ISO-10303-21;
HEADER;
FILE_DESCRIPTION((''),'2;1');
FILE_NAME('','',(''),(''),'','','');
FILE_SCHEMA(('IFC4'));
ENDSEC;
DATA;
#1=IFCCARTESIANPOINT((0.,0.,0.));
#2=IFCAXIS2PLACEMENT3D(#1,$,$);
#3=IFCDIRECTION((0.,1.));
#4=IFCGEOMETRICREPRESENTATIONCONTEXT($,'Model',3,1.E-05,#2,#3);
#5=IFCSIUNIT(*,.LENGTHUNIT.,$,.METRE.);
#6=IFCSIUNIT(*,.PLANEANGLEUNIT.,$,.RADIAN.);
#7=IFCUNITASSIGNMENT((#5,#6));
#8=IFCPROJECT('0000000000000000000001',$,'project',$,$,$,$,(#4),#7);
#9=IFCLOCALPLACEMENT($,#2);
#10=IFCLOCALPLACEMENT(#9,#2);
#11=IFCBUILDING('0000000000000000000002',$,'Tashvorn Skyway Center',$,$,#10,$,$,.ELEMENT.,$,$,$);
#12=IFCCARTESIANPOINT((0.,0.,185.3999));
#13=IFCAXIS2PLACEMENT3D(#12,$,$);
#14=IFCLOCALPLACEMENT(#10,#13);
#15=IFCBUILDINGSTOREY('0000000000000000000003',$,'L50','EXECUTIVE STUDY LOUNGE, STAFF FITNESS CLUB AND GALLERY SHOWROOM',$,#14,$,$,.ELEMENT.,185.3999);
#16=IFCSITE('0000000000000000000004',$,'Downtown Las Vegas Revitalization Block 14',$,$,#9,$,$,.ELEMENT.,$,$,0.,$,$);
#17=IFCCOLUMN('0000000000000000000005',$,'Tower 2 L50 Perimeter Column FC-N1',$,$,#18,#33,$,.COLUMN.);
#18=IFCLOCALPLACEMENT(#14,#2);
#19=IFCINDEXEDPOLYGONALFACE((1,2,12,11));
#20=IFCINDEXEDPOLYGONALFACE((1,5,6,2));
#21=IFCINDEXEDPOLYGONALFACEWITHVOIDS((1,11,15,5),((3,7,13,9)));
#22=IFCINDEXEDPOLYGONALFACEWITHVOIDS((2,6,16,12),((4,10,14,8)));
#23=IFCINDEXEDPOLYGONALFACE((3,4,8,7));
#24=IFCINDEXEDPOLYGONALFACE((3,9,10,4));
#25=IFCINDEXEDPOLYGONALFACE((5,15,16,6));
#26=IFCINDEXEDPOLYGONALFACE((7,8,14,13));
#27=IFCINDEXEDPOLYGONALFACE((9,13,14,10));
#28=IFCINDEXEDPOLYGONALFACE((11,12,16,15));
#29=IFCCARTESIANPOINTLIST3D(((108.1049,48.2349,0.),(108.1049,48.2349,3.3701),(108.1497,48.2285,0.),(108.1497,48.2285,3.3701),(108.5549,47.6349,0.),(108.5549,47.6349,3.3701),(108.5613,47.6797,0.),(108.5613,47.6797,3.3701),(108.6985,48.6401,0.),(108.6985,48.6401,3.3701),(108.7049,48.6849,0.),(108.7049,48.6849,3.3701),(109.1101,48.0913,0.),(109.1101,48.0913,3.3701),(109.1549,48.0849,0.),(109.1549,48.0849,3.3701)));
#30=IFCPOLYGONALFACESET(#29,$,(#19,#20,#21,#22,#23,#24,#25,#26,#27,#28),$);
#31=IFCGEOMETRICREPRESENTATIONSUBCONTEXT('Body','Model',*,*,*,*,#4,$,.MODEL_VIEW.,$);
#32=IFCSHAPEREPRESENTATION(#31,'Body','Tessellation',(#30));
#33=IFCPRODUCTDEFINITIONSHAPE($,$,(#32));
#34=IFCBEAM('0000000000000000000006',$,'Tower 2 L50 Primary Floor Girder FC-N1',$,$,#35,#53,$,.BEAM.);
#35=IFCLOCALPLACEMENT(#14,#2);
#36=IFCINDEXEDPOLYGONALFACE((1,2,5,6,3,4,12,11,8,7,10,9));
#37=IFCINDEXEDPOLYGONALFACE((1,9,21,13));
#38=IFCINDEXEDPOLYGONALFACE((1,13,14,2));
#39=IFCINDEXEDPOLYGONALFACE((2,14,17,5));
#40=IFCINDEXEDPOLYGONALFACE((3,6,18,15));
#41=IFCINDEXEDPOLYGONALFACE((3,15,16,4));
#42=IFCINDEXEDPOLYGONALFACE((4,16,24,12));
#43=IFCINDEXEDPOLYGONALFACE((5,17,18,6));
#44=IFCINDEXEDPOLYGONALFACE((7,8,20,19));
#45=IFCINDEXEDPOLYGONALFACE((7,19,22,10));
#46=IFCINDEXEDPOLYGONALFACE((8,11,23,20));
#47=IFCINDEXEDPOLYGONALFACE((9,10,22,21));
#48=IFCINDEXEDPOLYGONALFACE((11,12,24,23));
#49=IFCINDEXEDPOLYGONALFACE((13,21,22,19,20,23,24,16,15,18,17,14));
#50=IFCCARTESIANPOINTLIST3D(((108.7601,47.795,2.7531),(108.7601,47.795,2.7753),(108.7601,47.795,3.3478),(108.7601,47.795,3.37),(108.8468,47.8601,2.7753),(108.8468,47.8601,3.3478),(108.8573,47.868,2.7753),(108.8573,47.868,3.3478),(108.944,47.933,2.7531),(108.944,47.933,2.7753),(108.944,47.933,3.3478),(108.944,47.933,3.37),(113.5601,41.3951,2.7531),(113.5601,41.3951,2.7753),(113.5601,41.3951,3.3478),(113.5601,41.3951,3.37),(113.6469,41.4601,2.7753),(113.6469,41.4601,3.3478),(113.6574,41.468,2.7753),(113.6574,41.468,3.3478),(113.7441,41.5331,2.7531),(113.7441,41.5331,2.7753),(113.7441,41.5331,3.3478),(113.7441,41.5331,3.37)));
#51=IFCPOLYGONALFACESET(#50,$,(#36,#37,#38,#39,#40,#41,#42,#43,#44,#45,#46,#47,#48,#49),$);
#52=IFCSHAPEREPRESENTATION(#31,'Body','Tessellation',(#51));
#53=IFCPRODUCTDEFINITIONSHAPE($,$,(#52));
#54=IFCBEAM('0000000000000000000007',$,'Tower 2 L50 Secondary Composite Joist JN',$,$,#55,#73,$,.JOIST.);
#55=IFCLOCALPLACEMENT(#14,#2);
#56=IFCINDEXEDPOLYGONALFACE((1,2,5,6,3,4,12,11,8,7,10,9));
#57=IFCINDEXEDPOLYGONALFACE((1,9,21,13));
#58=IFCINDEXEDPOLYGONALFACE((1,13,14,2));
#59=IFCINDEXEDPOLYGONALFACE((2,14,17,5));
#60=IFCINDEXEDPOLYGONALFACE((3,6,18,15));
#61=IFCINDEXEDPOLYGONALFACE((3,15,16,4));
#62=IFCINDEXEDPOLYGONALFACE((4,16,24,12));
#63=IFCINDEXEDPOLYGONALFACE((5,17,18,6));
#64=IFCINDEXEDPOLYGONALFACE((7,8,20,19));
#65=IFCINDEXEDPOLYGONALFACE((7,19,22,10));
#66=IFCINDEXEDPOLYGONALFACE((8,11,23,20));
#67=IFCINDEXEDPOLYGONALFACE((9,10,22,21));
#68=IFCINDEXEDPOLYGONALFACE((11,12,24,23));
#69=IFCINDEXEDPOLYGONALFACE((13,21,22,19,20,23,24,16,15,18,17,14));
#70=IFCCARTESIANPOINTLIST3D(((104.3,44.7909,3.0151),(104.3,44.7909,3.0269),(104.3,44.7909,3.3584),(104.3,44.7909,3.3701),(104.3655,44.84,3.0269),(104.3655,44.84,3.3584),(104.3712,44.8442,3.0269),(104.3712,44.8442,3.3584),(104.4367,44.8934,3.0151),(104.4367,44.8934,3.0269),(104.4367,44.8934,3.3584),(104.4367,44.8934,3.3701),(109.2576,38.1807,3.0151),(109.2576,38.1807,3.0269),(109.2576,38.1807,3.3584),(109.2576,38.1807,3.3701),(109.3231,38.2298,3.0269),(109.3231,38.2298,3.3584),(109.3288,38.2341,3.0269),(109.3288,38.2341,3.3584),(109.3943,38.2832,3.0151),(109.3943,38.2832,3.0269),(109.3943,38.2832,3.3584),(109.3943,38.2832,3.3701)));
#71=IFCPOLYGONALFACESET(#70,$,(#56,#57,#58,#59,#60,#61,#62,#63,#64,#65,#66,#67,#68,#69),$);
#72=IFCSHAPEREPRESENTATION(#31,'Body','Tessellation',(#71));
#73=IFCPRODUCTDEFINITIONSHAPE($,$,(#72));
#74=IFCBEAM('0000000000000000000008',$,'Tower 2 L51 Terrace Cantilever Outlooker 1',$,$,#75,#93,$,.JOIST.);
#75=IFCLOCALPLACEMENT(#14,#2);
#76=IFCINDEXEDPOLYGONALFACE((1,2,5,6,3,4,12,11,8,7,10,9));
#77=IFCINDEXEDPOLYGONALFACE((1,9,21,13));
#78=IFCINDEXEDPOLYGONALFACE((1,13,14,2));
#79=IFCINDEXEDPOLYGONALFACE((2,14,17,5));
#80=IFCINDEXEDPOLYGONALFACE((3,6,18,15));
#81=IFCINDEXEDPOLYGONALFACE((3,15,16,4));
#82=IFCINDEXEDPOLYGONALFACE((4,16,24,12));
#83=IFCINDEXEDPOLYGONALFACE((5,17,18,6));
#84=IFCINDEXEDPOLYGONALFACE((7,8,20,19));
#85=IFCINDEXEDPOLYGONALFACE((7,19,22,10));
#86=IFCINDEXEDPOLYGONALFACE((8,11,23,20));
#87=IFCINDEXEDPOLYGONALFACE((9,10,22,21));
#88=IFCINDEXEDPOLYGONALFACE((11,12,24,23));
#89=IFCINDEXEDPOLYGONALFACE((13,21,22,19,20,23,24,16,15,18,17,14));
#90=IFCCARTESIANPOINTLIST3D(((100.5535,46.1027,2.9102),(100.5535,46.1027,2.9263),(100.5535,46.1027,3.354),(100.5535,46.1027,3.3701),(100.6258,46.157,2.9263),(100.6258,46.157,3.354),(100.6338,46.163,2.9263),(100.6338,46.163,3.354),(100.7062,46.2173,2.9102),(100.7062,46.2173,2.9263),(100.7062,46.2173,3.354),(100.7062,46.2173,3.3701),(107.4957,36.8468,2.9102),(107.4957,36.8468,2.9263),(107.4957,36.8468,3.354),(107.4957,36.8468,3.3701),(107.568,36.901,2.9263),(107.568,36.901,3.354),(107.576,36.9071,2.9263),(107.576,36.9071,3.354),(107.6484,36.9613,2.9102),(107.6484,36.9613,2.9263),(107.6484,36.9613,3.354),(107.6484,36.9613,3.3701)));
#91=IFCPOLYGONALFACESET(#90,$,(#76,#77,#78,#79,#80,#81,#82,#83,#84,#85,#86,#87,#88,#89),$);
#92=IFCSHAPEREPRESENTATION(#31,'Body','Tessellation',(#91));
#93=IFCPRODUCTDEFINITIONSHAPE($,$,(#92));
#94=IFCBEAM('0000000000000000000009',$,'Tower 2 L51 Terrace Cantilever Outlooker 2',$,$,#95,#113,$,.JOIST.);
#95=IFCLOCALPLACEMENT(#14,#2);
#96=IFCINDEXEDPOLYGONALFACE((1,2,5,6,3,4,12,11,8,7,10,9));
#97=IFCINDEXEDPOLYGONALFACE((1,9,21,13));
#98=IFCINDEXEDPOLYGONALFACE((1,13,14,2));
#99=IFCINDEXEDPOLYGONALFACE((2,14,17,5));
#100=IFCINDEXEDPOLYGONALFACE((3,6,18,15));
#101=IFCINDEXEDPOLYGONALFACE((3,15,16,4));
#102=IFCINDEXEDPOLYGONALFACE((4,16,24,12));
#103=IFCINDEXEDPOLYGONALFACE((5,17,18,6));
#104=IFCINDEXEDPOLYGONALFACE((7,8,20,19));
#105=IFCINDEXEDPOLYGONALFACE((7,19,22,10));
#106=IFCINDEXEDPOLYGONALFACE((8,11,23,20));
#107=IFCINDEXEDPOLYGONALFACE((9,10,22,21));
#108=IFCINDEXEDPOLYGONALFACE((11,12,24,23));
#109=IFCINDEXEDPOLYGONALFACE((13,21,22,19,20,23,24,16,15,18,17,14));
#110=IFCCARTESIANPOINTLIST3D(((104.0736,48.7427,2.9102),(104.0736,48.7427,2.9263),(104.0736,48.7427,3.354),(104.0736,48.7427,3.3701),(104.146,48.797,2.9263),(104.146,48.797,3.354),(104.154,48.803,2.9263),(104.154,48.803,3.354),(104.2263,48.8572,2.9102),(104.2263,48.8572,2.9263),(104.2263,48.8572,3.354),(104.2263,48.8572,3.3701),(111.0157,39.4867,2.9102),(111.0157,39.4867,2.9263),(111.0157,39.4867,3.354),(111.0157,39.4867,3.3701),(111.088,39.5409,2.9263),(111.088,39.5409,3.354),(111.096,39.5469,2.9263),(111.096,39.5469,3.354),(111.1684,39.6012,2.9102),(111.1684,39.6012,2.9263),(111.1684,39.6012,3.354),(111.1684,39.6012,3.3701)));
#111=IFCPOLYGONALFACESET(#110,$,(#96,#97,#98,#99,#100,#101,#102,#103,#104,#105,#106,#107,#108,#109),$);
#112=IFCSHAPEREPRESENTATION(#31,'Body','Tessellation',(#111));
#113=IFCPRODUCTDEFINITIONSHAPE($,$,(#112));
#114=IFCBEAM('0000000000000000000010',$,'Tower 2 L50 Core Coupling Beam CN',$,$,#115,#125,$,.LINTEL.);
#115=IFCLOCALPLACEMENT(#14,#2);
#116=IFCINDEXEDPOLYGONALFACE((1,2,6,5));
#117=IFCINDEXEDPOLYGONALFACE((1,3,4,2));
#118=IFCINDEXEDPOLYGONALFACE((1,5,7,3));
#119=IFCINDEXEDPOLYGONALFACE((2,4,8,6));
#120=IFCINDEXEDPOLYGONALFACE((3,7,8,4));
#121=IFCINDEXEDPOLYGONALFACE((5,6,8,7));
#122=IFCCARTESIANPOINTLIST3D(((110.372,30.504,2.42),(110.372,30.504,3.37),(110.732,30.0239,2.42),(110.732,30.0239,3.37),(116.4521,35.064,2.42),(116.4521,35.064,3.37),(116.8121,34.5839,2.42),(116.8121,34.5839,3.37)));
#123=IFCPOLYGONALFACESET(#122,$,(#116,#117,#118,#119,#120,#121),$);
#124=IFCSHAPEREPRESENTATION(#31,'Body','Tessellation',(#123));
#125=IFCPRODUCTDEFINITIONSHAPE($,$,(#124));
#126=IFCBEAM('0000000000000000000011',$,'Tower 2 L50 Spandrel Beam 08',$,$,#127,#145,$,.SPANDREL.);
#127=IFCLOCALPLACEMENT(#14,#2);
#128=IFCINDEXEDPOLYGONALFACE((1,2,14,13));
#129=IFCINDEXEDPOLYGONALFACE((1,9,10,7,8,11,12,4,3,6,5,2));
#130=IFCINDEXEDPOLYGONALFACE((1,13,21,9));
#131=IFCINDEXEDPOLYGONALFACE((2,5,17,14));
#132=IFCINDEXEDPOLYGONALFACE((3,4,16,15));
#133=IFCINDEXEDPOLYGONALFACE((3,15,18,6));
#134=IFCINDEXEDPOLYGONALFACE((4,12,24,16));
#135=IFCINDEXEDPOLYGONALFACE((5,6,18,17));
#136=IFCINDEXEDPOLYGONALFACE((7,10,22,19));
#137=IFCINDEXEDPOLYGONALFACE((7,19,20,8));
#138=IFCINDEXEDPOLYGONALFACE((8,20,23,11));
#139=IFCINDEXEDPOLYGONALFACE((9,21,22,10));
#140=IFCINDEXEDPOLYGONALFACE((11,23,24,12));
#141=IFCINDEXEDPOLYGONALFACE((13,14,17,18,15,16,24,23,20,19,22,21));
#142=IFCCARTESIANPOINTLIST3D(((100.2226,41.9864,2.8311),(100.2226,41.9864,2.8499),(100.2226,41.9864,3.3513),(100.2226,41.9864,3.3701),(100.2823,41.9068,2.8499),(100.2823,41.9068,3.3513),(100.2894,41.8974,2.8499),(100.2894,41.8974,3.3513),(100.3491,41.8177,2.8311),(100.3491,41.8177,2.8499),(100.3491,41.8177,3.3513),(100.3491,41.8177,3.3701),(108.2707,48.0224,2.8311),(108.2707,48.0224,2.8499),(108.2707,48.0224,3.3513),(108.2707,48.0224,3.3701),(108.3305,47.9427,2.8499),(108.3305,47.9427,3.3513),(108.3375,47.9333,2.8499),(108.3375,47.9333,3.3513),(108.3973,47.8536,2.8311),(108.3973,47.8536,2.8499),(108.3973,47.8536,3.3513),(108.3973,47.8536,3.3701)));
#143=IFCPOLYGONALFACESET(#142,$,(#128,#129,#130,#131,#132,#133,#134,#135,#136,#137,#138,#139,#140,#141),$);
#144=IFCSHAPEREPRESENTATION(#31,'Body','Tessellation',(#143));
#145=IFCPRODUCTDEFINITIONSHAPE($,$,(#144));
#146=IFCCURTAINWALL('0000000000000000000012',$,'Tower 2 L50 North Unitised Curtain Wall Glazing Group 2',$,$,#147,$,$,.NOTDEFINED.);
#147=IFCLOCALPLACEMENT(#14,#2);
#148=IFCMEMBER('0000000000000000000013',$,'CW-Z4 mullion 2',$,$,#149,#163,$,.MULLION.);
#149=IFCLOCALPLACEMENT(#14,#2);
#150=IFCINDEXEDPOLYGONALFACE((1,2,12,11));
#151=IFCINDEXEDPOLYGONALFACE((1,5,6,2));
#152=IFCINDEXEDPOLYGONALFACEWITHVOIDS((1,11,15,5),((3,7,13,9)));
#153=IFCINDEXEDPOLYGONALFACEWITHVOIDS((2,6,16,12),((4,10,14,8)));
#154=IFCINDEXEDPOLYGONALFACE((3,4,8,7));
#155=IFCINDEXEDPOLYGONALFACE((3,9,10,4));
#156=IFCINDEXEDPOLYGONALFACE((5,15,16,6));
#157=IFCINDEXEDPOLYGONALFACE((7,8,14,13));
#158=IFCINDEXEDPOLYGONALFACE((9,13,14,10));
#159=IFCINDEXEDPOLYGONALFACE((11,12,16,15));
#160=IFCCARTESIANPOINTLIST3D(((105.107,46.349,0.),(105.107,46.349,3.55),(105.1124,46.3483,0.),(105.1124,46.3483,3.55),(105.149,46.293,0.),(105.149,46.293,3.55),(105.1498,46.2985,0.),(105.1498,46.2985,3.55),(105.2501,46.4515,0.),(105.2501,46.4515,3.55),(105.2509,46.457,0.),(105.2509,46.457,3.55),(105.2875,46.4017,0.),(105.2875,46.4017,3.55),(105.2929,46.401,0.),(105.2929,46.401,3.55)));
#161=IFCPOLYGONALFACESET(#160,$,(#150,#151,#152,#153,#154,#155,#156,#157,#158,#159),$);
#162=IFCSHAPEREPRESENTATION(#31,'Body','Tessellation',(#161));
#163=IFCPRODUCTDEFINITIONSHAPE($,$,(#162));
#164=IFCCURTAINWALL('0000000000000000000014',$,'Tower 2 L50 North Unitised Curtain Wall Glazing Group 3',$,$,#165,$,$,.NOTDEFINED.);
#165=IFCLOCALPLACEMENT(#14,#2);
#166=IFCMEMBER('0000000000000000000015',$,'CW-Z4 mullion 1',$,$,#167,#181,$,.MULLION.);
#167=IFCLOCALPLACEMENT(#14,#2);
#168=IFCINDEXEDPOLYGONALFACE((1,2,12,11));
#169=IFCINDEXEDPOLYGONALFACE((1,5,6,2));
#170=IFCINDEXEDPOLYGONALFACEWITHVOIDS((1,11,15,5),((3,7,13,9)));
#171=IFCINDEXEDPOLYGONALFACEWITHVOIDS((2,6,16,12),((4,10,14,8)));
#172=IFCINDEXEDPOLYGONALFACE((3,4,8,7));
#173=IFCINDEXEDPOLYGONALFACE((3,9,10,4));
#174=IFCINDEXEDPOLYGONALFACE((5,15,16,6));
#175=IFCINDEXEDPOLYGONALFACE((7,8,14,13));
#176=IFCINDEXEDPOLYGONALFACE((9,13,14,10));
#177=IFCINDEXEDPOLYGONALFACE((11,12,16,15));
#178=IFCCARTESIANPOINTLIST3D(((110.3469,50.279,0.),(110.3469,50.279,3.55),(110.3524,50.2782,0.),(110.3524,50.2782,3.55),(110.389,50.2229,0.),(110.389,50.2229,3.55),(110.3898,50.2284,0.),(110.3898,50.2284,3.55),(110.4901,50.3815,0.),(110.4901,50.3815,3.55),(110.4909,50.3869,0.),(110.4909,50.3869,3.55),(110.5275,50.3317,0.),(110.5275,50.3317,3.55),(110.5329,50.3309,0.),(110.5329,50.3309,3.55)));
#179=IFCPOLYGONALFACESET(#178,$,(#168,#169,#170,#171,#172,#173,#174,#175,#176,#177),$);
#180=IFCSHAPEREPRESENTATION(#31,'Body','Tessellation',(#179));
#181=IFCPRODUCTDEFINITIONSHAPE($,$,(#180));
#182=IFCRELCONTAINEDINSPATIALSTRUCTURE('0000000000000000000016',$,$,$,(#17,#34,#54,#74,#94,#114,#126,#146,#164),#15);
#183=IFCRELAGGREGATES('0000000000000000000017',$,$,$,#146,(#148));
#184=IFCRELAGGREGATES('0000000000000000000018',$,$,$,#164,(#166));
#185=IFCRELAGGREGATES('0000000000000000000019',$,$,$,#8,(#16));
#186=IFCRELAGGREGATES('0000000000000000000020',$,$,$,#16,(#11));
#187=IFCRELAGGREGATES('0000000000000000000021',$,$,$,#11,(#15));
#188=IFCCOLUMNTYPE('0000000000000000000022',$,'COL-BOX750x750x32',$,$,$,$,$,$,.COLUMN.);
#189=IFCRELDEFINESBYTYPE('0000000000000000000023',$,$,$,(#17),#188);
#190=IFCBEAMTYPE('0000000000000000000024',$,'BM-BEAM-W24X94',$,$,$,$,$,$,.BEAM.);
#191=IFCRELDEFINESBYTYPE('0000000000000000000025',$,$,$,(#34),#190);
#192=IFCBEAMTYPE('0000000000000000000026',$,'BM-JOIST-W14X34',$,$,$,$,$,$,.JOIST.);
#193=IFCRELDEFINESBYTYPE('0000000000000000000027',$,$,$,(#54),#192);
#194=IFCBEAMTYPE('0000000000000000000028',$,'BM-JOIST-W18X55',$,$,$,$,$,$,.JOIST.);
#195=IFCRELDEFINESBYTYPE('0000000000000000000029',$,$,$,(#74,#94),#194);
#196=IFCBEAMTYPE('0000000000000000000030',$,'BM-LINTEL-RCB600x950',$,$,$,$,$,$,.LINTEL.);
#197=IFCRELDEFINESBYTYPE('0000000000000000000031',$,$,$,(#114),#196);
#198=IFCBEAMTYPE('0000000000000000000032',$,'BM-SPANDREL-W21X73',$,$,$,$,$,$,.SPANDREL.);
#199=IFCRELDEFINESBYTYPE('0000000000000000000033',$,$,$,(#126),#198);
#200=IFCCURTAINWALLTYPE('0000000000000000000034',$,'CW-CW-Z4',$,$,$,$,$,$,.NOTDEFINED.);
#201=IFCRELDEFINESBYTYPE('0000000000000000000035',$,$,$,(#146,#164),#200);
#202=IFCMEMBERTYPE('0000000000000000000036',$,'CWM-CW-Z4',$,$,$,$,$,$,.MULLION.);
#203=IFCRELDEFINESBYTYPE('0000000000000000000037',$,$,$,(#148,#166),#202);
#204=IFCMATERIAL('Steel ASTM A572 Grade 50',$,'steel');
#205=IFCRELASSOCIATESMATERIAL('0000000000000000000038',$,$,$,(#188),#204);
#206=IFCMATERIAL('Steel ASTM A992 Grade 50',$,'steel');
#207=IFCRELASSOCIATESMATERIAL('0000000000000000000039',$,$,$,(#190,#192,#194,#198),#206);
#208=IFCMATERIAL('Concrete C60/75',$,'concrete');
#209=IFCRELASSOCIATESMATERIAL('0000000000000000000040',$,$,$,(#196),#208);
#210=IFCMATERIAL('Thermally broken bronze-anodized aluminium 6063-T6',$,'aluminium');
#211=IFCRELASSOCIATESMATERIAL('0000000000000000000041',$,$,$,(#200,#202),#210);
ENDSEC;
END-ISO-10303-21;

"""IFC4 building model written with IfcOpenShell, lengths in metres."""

from ifc_helpers import new_model, si_unit, direction, frame, origin, origin_2d, place, context, subcontext, project, spatial, rectangle, hollow_rectangle, i_section, extrude, material, material_profile, profile_set, type_object, element, aggregate, save


model = new_model("IFC4")

# Units and contexts
model_context = context("Model", 3, precision=1e-05, world=origin(), true_north=direction((0.0, 1.0)))
body_context = subcontext(model_context, "Body", "Model", "MODEL_VIEW")
ifc_project = project(units=[si_unit("LENGTHUNIT", "METRE"), si_unit("PLANEANGLEUNIT", "RADIAN")], contexts=[model_context])

# Site, building, storey
site_placement = place(None, origin())
site = spatial("IfcSite", under=ifc_project, at=site_placement, Name="Downtown Las Vegas Revitalization Block 14", CompositionType="ELEMENT", RefElevation=0.0)
building_placement = place(site_placement, origin())
building = spatial("IfcBuilding", under=site, at=building_placement, Name="Tashvorn Skyway Center", CompositionType="ELEMENT")
storey_placement = place(building_placement, frame((0.0, 0.0, 185.3999)))
storey = spatial("IfcBuildingStorey", under=building, at=storey_placement, Name="L50", Description="EXECUTIVE STUDY LOUNGE, STAFF FITNESS CLUB AND GALLERY SHOWROOM", CompositionType="ELEMENT", Elevation=185.3999)

# Column
ifc_material_1 = material(Name="Steel ASTM A572 Grade 50", Category="steel")
ifc_material_profile_1 = material_profile(ifc_material_1, hollow_rectangle(XDim=0.75, YDim=0.75, WallThickness=0.032, at=origin_2d()), Name="BOX750x750x32")
ifc_profile_set_1 = profile_set([ifc_material_profile_1], Name="Steel ASTM A572 Grade 50")
column_type = type_object("IfcColumnType", Name="COL-BOX750x750x32", PredefinedType="COLUMN", material=ifc_profile_set_1)
column_placement = place(storey_placement, frame((108.6299, 48.1599, 0.0), z_axis=(0.0, 0.0, 1.0), x_axis=(0.8, 0.6, 0.0)))
element("IfcColumn", 1, at=column_placement, inside=storey, type_object=column_type, Name="Tower 2 L50 Perimeter Column FC-N1", PredefinedType="COLUMN", context=body_context, shape_type="SweptSolid", body=[
    extrude(hollow_rectangle(XDim=0.75, YDim=0.75, WallThickness=0.032, at=origin_2d()), origin(), (0.0, 0.0, 1.0), 3.3701),
])

# Beams
ifc_material_2 = material(Name="Steel ASTM A992 Grade 50", Category="steel")
ifc_material_profile_2 = material_profile(ifc_material_2, i_section(OverallWidth=0.23, OverallDepth=0.6169, WebThickness=0.0132, FlangeThickness=0.0222, at=origin_2d()), Name="W24X94")
ifc_profile_set_2 = profile_set([ifc_material_profile_2], Name="Steel ASTM A992 Grade 50")
beam_type_1 = type_object("IfcBeamType", Name="BM-BEAM-W24X94", PredefinedType="BEAM", material=ifc_profile_set_2)
beam_1_placement = place(storey_placement, frame((108.8521, 47.864, 3.0615), z_axis=(0.60001, -0.799993, 0.0), x_axis=(0.799993, 0.60001, 0.0)))
element("IfcBeam", 2, at=beam_1_placement, inside=storey, type_object=beam_type_1, Name="Tower 2 L50 Primary Floor Girder FC-N1", PredefinedType="BEAM", context=body_context, shape_type="SweptSolid", body=[
    extrude(i_section(OverallWidth=0.23, OverallDepth=0.6169, WebThickness=0.0132, FlangeThickness=0.0222, at=origin_2d()), origin(), (0.0, 0.0, 1.0), 8.0),
])
ifc_material_profile_3 = material_profile(ifc_material_2, i_section(OverallWidth=0.1709, OverallDepth=0.355, WebThickness=0.0071, FlangeThickness=0.0117, at=origin_2d()), Name="W14X34")
ifc_profile_set_3 = profile_set([ifc_material_profile_3], Name="Steel ASTM A992 Grade 50")
beam_type_2 = type_object("IfcBeamType", Name="BM-JOIST-W14X34", PredefinedType="JOIST", material=ifc_profile_set_3)
beam_2_placement = place(storey_placement, frame((109.3259, 38.2319, 3.1926), z_axis=(-0.599995, 0.800004, 0.0), x_axis=(-0.800004, -0.599995, 0.0)))
element("IfcBeam", 3, at=beam_2_placement, inside=storey, type_object=beam_type_2, Name="Tower 2 L50 Secondary Composite Joist JN", PredefinedType="JOIST", context=body_context, shape_type="SweptSolid", body=[
    extrude(i_section(OverallWidth=0.1709, OverallDepth=0.355, WebThickness=0.0071, FlangeThickness=0.0117, at=origin_2d()), origin(), (0.0, 0.0, 1.0), 8.2627),
])
ifc_material_profile_4 = material_profile(ifc_material_2, i_section(OverallWidth=0.1909, OverallDepth=0.46, WebThickness=0.01, FlangeThickness=0.0161, at=origin_2d()), Name="W18X55")
ifc_profile_set_4 = profile_set([ifc_material_profile_4], Name="Steel ASTM A992 Grade 50")
beam_type_3 = type_object("IfcBeamType", Name="BM-JOIST-W18X55", PredefinedType="JOIST", material=ifc_profile_set_4)
for number, where, z_axis, x_axis, name in (
    (4, (107.572, 36.9041, 3.1401), (-0.600014, 0.79999, 0.0), (-0.79999, -0.600014, 0.0), "Tower 2 L51 Terrace Cantilever Outlooker 1"),
    (5, (111.092, 39.5439, 3.1401), (-0.600003, 0.799997, 0.0), (-0.799997, -0.600003, 0.0), "Tower 2 L51 Terrace Cantilever Outlooker 2"),
):
    element("IfcBeam", number, at=place(storey_placement, frame(where, z_axis=z_axis, x_axis=x_axis)), inside=storey, type_object=beam_type_3, Name=name, PredefinedType="JOIST", context=body_context, shape_type="SweptSolid", body=[
        extrude(i_section(OverallWidth=0.1909, OverallDepth=0.46, WebThickness=0.01, FlangeThickness=0.0161, at=origin_2d()), origin(), (0.0, 0.0, 1.0), 11.5701),
    ])
ifc_material_3 = material(Name="Concrete C60/75", Category="concrete")
ifc_material_profile_5 = material_profile(ifc_material_3, rectangle(XDim=0.6001, YDim=0.95, at=origin_2d()), Name="RCB600x950")
ifc_profile_set_5 = profile_set([ifc_material_profile_5], Name="Concrete C60/75")
beam_type_4 = type_object("IfcBeamType", Name="BM-LINTEL-RCB600x950", PredefinedType="LINTEL", material=ifc_profile_set_5)
beam_3_placement = place(storey_placement, frame((110.552, 30.2639, 2.895), z_axis=(0.8, 0.6, 0.0), x_axis=(-0.6, 0.8, 0.0)))
element("IfcBeam", 6, at=beam_3_placement, inside=storey, type_object=beam_type_4, Name="Tower 2 L50 Core Coupling Beam CN", PredefinedType="LINTEL", context=body_context, shape_type="SweptSolid", body=[
    extrude(rectangle(XDim=0.6001, YDim=0.95, at=origin_2d()), origin(), (0.0, 0.0, 1.0), 7.6001),
])
ifc_material_profile_6 = material_profile(ifc_material_2, i_section(OverallWidth=0.2109, OverallDepth=0.5391, WebThickness=0.0117, FlangeThickness=0.0188, at=origin_2d()), Name="W21X73")
ifc_profile_set_6 = profile_set([ifc_material_profile_6], Name="Steel ASTM A992 Grade 50")
beam_type_5 = type_object("IfcBeamType", Name="BM-SPANDREL-W21X73", PredefinedType="SPANDREL", material=ifc_profile_set_6)
beam_4_placement = place(storey_placement, frame((108.334, 47.938, 3.1006), z_axis=(-0.800009, -0.599988, 0.0), x_axis=(0.599988, -0.800009, 0.0)))
element("IfcBeam", 7, at=beam_4_placement, inside=storey, type_object=beam_type_5, Name="Tower 2 L50 Spandrel Beam 08", PredefinedType="SPANDREL", context=body_context, shape_type="SweptSolid", body=[
    extrude(i_section(OverallWidth=0.2109, OverallDepth=0.5391, WebThickness=0.0117, FlangeThickness=0.0188, at=origin_2d()), origin(), (0.0, 0.0, 1.0), 10.0601),
])

# Curtain wall, member
ifc_material_4 = material(Name="Thermally broken bronze-anodized aluminium 6063-T6", Category="aluminium")
curtain_wall_type = type_object("IfcCurtainWallType", Name="CW-CW-Z4", PredefinedType="NOTDEFINED", material=ifc_material_4)
curtain_wall_1_placement = place(storey_placement, origin())
curtain_wall_1 = element("IfcCurtainWall", 8, at=curtain_wall_1_placement, inside=storey, type_object=curtain_wall_type, Name="Tower 2 L50 North Unitised Curtain Wall Glazing Group 2", PredefinedType="NOTDEFINED")
ifc_material_profile_7 = material_profile(ifc_material_4, hollow_rectangle(XDim=0.0701, YDim=0.1799, WallThickness=0.0039, at=origin_2d()), Name="ALU-MULL-70x180")
ifc_profile_set_7 = profile_set([ifc_material_profile_7], Name="Thermally broken bronze-anodized aluminium 6063-T6")
member_type_1 = type_object("IfcMemberType", Name="CWM-CW-Z4", PredefinedType="MULLION", material=ifc_profile_set_7)
member_1_placement = place(storey_placement, frame((105.2, 46.375, 0.0), z_axis=(0.0, 0.0, 1.0), x_axis=(-0.6, 0.8, 0.0)))
member_1 = element("IfcMember", 9, at=member_1_placement, type_object=member_type_1, Name="CW-Z4 mullion 2", PredefinedType="MULLION", context=body_context, shape_type="SweptSolid", body=[
    extrude(hollow_rectangle(XDim=0.0701, YDim=0.1799, WallThickness=0.0039, at=origin_2d()), origin(), (0.0, 0.0, 1.0), 3.55),
])
aggregate(curtain_wall_1, [member_1])

# Curtain wall, member
curtain_wall_2_placement = place(storey_placement, origin())
curtain_wall_2 = element("IfcCurtainWall", 10, at=curtain_wall_2_placement, inside=storey, type_object=curtain_wall_type, Name="Tower 2 L50 North Unitised Curtain Wall Glazing Group 3", PredefinedType="NOTDEFINED")
member_2_placement = place(storey_placement, frame((110.4399, 50.3049, 0.0), z_axis=(0.0, 0.0, 1.0), x_axis=(-0.6, 0.8, 0.0)))
member_2 = element("IfcMember", 11, at=member_2_placement, type_object=member_type_1, Name="CW-Z4 mullion 1", PredefinedType="MULLION", context=body_context, shape_type="SweptSolid", body=[
    extrude(hollow_rectangle(XDim=0.0701, YDim=0.1799, WallThickness=0.0039, at=origin_2d()), origin(), (0.0, 0.0, 1.0), 3.55),
])
aggregate(curtain_wall_2, [member_2])

save(model, "model.ifc")
